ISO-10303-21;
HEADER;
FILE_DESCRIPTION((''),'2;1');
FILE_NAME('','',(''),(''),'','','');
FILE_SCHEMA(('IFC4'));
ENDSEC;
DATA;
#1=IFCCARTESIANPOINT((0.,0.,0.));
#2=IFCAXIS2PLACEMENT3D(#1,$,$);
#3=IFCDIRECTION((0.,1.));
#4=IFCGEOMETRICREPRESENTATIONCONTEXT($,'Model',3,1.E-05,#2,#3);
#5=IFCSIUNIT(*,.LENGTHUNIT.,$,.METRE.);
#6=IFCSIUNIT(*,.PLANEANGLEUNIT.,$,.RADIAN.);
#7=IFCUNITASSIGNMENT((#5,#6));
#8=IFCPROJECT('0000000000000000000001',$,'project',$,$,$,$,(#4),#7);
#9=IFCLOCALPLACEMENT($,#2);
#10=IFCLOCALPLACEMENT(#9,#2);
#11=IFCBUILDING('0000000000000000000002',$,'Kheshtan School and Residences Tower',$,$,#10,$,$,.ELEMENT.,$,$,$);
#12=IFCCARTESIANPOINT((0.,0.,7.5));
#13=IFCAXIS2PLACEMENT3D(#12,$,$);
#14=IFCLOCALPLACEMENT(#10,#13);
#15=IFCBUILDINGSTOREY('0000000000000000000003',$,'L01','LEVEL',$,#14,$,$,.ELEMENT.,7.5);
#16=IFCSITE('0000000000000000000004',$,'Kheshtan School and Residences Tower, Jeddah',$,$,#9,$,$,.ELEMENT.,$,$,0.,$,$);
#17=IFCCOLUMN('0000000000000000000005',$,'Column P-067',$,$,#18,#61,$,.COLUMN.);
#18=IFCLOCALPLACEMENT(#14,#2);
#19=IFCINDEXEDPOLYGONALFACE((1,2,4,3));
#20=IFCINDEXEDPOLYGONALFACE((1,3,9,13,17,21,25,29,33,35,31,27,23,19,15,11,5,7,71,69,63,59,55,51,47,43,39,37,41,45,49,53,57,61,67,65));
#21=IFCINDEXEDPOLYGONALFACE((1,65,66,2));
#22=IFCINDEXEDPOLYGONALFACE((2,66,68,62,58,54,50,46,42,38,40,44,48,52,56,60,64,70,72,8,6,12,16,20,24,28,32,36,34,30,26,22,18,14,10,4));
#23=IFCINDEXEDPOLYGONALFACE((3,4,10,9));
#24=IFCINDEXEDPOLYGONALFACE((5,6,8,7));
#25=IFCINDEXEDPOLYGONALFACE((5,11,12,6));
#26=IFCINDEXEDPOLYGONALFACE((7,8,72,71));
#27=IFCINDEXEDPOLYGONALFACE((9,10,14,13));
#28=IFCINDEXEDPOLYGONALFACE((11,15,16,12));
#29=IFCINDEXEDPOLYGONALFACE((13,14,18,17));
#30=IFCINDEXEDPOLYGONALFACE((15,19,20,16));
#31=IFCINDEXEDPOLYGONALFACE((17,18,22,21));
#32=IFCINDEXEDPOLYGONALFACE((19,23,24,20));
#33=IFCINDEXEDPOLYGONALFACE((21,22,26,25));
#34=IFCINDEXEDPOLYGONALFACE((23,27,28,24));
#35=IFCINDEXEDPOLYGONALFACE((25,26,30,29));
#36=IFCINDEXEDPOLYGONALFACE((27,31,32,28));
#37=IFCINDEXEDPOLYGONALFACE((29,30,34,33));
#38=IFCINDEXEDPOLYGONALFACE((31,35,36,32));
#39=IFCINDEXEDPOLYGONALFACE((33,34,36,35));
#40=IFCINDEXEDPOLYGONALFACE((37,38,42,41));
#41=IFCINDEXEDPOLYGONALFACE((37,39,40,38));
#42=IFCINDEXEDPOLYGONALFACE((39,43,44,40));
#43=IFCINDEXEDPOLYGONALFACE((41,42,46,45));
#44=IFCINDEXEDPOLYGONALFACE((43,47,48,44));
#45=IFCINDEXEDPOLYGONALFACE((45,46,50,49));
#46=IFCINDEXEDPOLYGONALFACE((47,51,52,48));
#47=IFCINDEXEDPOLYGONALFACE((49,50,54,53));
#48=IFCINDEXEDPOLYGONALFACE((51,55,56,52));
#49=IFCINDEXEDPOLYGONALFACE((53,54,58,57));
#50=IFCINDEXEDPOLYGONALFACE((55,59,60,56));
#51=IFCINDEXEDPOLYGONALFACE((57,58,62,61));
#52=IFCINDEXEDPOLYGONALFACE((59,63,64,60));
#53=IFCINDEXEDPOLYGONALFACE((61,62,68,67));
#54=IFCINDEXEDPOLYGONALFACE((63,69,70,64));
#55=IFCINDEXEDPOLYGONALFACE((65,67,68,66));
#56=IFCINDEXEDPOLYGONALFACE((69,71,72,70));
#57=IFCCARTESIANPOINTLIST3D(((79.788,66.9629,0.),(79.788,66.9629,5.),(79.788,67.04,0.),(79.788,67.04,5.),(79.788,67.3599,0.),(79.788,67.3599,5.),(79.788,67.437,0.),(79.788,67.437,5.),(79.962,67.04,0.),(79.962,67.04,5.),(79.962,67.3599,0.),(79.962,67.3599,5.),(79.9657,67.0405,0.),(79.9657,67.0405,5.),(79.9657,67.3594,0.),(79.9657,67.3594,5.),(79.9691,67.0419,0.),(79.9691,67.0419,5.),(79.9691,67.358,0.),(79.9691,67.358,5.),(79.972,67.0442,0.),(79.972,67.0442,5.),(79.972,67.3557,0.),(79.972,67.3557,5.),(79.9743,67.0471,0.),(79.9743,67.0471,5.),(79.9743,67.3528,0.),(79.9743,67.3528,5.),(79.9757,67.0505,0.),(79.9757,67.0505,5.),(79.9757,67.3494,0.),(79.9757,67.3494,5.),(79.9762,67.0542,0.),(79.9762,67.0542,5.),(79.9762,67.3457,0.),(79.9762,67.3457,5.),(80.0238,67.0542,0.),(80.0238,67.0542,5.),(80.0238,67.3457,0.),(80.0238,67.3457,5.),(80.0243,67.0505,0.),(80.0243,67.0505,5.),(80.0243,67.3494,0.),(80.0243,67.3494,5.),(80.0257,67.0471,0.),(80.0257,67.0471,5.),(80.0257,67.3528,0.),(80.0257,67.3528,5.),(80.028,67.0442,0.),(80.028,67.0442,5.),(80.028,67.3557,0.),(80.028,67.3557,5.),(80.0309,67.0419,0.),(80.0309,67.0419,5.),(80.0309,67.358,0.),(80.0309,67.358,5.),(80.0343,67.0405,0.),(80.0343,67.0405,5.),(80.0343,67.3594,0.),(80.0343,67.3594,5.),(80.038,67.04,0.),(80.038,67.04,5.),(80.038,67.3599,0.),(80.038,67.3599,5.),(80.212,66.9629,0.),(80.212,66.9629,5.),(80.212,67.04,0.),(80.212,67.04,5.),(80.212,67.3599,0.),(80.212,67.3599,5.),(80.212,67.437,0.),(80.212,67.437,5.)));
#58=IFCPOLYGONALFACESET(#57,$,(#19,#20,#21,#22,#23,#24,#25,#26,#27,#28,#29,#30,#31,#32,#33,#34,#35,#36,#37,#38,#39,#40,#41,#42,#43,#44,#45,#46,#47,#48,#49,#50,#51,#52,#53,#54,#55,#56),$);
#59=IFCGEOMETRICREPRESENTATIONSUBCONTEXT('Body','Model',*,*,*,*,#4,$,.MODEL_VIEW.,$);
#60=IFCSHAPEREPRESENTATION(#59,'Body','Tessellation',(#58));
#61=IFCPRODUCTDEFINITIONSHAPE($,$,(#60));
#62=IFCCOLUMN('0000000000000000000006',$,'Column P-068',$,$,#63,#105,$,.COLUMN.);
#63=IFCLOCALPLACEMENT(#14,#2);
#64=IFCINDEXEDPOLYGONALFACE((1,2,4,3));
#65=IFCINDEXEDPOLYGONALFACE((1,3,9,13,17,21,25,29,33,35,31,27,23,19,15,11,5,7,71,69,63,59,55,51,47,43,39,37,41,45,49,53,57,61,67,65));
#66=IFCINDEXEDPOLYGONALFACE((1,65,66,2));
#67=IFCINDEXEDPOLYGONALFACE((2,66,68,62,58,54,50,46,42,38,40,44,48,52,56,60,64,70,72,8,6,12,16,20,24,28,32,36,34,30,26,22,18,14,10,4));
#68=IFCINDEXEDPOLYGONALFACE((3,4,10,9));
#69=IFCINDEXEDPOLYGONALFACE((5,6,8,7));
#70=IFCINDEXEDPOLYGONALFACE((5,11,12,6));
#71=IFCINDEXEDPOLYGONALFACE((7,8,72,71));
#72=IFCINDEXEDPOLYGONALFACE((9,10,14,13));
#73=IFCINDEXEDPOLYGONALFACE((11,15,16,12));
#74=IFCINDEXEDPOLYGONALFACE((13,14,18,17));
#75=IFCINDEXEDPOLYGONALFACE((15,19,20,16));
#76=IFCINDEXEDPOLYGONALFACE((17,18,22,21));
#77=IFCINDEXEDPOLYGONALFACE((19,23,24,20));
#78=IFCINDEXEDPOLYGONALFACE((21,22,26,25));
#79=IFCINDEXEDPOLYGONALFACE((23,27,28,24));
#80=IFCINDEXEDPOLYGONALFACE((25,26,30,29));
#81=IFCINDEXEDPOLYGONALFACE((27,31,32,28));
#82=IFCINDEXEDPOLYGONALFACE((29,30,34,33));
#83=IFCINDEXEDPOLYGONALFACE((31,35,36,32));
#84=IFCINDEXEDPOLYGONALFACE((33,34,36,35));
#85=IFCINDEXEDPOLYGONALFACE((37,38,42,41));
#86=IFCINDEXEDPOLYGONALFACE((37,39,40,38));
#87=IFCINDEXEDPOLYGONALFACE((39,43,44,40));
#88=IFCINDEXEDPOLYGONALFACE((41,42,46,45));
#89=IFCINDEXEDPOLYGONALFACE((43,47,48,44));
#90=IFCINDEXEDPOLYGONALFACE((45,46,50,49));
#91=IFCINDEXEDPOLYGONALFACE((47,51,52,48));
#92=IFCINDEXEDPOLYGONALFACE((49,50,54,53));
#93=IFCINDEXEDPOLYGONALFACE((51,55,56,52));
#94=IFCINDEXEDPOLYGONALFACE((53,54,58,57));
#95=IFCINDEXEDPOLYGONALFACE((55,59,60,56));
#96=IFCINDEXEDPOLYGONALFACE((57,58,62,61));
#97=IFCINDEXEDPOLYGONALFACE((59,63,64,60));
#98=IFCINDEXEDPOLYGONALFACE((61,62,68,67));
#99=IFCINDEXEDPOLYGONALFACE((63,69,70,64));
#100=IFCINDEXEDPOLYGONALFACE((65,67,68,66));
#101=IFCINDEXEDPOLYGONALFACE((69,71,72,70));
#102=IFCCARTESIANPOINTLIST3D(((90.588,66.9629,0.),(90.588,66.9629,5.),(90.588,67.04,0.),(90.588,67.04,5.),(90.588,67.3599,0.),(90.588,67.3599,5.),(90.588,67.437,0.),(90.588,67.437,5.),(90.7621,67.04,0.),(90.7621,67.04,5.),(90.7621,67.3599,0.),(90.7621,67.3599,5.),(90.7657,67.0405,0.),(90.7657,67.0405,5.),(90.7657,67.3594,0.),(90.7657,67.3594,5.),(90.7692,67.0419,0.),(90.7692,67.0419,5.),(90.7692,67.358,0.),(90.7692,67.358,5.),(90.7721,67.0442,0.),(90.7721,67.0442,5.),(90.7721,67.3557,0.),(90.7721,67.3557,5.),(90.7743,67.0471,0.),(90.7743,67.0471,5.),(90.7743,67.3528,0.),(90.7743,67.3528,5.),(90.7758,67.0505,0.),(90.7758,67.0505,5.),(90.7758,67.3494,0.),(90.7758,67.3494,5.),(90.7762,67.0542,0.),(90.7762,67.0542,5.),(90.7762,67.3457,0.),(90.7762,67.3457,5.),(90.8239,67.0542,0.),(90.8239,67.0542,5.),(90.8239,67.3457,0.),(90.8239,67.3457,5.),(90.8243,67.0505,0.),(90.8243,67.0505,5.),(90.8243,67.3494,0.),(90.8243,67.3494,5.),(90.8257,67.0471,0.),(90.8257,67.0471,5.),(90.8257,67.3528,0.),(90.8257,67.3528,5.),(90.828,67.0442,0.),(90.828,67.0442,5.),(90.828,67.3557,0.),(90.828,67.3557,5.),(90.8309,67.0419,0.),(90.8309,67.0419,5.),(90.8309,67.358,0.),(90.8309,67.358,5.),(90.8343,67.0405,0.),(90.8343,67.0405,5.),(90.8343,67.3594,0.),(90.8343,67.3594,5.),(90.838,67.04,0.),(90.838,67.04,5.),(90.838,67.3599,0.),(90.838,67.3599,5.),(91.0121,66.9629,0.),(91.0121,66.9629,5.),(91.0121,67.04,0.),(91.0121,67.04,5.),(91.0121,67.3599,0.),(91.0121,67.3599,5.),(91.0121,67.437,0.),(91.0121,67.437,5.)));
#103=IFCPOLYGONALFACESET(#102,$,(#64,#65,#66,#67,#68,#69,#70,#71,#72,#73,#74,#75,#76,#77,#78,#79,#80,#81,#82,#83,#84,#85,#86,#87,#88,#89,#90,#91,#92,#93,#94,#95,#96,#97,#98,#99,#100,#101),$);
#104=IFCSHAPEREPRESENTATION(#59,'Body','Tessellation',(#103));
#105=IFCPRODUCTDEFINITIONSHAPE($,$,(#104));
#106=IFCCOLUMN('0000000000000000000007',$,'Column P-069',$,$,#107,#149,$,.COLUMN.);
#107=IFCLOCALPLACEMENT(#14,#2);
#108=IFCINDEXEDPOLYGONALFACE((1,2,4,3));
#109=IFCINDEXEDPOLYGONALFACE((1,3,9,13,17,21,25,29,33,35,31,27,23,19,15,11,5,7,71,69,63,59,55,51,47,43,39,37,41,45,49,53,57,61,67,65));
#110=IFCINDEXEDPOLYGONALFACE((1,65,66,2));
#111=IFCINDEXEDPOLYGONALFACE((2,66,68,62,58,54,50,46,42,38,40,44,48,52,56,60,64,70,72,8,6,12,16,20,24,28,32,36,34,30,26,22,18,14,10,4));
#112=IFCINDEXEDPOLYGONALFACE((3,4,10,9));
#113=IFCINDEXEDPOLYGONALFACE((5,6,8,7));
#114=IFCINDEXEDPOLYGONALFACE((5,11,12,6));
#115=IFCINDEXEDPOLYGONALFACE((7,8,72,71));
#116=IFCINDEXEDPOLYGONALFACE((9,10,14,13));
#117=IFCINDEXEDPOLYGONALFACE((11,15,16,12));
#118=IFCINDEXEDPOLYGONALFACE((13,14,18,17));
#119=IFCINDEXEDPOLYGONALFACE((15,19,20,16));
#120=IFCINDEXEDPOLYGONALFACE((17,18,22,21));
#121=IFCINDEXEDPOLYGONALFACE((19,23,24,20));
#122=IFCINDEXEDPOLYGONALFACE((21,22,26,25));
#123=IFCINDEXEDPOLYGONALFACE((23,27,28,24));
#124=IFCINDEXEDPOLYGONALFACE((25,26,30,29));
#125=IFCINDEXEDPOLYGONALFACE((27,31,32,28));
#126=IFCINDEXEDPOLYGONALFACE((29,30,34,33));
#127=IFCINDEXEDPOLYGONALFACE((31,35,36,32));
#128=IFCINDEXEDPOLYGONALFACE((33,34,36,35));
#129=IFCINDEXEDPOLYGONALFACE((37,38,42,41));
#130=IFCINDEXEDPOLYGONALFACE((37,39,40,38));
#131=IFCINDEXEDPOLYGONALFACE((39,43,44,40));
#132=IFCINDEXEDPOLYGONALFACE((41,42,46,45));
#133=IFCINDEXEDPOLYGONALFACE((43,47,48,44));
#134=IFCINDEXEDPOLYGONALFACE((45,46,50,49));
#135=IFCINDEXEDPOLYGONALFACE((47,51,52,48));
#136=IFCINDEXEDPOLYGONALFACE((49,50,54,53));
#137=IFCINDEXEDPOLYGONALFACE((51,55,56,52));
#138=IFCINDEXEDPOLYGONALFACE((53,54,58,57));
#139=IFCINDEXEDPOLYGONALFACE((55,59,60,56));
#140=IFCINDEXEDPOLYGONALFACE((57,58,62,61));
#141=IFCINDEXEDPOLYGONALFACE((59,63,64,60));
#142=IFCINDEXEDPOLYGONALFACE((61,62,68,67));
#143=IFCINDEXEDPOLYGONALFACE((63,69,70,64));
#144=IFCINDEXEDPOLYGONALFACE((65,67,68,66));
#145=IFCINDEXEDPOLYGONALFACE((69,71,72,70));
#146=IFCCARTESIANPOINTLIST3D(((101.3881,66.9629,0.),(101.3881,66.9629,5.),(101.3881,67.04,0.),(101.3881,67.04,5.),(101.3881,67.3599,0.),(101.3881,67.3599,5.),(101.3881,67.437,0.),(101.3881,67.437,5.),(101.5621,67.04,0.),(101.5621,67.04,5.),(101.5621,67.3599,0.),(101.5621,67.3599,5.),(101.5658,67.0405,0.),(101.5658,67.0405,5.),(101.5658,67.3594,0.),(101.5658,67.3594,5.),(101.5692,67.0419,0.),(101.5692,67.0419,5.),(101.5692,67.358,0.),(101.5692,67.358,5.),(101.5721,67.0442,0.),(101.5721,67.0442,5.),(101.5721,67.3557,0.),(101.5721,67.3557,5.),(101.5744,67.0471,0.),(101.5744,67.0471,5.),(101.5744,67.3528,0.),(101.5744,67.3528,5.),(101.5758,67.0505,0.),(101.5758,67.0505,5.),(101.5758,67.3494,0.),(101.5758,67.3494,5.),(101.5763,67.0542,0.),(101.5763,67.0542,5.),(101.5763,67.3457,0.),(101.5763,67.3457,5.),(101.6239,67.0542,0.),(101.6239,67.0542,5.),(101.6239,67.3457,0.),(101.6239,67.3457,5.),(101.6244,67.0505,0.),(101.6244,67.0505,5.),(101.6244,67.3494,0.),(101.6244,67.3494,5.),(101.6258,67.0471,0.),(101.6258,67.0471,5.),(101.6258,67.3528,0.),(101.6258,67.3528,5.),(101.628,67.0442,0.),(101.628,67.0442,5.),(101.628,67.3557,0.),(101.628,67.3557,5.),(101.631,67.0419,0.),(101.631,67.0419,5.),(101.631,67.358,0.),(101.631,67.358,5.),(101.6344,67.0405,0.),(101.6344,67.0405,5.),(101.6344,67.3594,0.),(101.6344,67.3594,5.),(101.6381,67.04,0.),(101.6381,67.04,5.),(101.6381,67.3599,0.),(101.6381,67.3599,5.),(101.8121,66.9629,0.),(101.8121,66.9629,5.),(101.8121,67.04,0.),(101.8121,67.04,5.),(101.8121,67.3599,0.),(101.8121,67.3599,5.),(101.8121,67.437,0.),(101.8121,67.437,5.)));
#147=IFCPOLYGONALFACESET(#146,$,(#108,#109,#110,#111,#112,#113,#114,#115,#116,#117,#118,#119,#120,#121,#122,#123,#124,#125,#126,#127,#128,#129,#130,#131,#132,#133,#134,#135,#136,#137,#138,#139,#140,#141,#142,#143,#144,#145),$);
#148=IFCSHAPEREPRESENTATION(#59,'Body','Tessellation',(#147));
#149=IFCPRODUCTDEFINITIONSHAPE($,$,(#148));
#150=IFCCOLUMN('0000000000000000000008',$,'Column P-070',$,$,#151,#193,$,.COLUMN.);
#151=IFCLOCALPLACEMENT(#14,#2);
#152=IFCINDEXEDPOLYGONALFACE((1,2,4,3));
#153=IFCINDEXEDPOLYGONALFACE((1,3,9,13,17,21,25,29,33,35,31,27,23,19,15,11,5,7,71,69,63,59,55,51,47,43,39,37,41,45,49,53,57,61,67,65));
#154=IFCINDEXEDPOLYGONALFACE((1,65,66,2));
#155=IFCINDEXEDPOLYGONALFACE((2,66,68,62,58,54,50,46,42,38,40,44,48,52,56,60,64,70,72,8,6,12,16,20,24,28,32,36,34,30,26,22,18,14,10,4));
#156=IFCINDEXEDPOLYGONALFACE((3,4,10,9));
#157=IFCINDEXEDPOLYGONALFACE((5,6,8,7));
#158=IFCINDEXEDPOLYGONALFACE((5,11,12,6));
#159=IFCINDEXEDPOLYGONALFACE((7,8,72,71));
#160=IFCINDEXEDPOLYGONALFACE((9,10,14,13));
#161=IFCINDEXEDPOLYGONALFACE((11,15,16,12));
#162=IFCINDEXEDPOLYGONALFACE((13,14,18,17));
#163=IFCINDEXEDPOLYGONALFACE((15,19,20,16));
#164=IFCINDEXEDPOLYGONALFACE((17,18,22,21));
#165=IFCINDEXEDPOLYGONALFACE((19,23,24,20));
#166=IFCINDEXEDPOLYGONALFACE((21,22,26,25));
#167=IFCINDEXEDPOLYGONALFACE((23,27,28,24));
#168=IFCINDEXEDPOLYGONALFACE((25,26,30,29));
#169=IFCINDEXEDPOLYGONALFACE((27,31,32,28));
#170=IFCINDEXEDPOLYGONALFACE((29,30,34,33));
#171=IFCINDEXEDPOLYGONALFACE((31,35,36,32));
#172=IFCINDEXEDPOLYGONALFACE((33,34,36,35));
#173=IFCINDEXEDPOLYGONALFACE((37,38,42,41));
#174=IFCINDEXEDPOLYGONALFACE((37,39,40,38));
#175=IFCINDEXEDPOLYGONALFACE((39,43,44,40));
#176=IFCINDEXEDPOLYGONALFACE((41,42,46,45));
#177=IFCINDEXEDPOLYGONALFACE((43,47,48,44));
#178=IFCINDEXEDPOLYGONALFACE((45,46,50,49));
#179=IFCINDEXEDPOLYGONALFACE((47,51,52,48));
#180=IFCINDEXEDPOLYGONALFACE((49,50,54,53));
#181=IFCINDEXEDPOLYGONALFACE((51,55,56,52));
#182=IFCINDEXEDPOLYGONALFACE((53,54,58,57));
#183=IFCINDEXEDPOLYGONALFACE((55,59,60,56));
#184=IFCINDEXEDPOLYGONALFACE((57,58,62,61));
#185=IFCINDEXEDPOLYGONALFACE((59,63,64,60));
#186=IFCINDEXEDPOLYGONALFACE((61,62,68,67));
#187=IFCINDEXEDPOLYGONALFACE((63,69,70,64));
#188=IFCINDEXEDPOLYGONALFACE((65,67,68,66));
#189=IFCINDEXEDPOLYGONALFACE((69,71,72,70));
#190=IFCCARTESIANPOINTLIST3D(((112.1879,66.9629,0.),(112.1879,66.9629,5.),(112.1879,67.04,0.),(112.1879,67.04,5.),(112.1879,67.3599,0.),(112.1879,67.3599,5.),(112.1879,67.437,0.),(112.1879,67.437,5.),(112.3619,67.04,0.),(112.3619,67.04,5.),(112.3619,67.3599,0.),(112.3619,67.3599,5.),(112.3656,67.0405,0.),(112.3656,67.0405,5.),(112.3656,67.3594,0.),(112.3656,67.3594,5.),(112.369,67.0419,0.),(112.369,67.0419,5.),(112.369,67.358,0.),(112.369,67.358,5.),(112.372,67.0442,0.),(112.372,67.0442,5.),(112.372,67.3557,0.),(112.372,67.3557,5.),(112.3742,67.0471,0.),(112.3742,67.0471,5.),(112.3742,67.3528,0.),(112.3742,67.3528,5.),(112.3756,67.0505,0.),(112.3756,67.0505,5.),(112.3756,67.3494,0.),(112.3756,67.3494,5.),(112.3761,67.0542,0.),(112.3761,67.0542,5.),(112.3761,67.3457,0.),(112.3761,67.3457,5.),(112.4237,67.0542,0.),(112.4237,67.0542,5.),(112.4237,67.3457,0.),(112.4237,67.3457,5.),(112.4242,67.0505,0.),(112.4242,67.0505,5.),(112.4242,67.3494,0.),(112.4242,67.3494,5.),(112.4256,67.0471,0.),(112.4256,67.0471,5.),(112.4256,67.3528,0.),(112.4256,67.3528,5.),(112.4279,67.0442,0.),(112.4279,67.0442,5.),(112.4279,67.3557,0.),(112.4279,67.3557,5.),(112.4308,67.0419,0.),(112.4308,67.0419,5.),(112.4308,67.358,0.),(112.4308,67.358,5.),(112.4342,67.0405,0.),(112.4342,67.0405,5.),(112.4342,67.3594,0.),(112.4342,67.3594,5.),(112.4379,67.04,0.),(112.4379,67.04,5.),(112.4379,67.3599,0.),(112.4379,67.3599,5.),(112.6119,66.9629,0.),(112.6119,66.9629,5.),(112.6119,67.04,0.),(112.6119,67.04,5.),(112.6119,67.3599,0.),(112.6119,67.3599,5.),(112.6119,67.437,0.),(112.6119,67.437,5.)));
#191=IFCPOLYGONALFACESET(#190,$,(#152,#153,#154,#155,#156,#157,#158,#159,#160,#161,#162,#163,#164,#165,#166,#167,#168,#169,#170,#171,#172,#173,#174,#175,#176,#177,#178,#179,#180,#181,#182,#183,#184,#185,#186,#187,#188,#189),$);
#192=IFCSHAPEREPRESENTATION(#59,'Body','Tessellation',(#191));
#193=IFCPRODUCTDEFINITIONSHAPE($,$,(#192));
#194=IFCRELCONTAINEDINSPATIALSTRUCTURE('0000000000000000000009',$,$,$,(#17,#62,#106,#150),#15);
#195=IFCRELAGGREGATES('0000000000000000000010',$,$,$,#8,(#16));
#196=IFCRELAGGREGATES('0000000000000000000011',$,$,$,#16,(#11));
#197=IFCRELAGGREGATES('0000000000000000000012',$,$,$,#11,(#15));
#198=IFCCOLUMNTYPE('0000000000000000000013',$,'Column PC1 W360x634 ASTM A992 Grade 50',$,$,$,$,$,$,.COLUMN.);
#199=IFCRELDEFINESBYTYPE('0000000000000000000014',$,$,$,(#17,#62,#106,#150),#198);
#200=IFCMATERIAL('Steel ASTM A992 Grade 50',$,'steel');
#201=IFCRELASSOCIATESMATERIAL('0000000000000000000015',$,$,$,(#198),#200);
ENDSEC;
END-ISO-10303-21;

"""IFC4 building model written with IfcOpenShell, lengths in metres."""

from ifc_helpers import new_model, si_unit, direction, frame, origin, origin_2d, place, context, subcontext, project, spatial, i_section, extrude, material, material_profile, profile_set, type_object, element, save


model = new_model("IFC4")

# Units and contexts
model_context = context("Model", 3, precision=1e-05, world=origin(), true_north=direction((0.0, 1.0)))
body_context = subcontext(model_context, "Body", "Model", "MODEL_VIEW")
ifc_project = project(units=[si_unit("LENGTHUNIT", "METRE"), si_unit("PLANEANGLEUNIT", "RADIAN")], contexts=[model_context])

# Site, building, storey
site_placement = place(None, origin())
site = spatial("IfcSite", under=ifc_project, at=site_placement, Name="Kheshtan School and Residences Tower, Jeddah", CompositionType="ELEMENT", RefElevation=0.0)
building_placement = place(site_placement, origin())
building = spatial("IfcBuilding", under=site, at=building_placement, Name="Kheshtan School and Residences Tower", CompositionType="ELEMENT")
storey_placement = place(building_placement, frame((0.0, 0.0, 7.5)))
storey = spatial("IfcBuildingStorey", under=building, at=storey_placement, Name="L01", Description="LEVEL", CompositionType="ELEMENT", Elevation=7.5)

# Columns
ifc_material_1 = material(Name="Steel ASTM A992 Grade 50", Category="steel")
ifc_material_profile_1 = material_profile(ifc_material_1, i_section(OverallWidth=0.4241, OverallDepth=0.4741, WebThickness=0.0476, FlangeThickness=0.0771, FilletRadius=0.0142, at=origin_2d()), Name="W360x634")
ifc_profile_set_1 = profile_set([ifc_material_profile_1], Name="Steel ASTM A992 Grade 50")
column_type = type_object("IfcColumnType", Name="Column PC1 W360x634 ASTM A992 Grade 50", PredefinedType="COLUMN", material=ifc_profile_set_1)
for number, where, z_axis, x_axis, name in (
    (1, (80.0, 67.2, 0.0), (0.0, 0.0, 1.0), (1.0, 0.0, 0.0), "Column P-067"),
    (2, (90.8, 67.2, 0.0), (0.0, 0.0, 1.0), (1.0, 0.0, 0.0), "Column P-068"),
    (3, (101.6001, 67.2, 0.0), (0.0, 0.0, 1.0), (1.0, 0.0, 0.0), "Column P-069"),
    (4, (112.3999, 67.2, 0.0), (0.0, 0.0, 1.0), (1.0, 0.0, 0.0), "Column P-070"),
):
    element("IfcColumn", number, at=place(storey_placement, frame(where, z_axis=z_axis, x_axis=x_axis)), inside=storey, type_object=column_type, Name=name, PredefinedType="COLUMN", context=body_context, shape_type="SweptSolid", body=[
        extrude(i_section(OverallWidth=0.4241, OverallDepth=0.4741, WebThickness=0.0476, FlangeThickness=0.0771, FilletRadius=0.0142, at=origin_2d()), origin(), (0.0, 0.0, 1.0), 5.0),
    ])

save(model, "model.ifc")
